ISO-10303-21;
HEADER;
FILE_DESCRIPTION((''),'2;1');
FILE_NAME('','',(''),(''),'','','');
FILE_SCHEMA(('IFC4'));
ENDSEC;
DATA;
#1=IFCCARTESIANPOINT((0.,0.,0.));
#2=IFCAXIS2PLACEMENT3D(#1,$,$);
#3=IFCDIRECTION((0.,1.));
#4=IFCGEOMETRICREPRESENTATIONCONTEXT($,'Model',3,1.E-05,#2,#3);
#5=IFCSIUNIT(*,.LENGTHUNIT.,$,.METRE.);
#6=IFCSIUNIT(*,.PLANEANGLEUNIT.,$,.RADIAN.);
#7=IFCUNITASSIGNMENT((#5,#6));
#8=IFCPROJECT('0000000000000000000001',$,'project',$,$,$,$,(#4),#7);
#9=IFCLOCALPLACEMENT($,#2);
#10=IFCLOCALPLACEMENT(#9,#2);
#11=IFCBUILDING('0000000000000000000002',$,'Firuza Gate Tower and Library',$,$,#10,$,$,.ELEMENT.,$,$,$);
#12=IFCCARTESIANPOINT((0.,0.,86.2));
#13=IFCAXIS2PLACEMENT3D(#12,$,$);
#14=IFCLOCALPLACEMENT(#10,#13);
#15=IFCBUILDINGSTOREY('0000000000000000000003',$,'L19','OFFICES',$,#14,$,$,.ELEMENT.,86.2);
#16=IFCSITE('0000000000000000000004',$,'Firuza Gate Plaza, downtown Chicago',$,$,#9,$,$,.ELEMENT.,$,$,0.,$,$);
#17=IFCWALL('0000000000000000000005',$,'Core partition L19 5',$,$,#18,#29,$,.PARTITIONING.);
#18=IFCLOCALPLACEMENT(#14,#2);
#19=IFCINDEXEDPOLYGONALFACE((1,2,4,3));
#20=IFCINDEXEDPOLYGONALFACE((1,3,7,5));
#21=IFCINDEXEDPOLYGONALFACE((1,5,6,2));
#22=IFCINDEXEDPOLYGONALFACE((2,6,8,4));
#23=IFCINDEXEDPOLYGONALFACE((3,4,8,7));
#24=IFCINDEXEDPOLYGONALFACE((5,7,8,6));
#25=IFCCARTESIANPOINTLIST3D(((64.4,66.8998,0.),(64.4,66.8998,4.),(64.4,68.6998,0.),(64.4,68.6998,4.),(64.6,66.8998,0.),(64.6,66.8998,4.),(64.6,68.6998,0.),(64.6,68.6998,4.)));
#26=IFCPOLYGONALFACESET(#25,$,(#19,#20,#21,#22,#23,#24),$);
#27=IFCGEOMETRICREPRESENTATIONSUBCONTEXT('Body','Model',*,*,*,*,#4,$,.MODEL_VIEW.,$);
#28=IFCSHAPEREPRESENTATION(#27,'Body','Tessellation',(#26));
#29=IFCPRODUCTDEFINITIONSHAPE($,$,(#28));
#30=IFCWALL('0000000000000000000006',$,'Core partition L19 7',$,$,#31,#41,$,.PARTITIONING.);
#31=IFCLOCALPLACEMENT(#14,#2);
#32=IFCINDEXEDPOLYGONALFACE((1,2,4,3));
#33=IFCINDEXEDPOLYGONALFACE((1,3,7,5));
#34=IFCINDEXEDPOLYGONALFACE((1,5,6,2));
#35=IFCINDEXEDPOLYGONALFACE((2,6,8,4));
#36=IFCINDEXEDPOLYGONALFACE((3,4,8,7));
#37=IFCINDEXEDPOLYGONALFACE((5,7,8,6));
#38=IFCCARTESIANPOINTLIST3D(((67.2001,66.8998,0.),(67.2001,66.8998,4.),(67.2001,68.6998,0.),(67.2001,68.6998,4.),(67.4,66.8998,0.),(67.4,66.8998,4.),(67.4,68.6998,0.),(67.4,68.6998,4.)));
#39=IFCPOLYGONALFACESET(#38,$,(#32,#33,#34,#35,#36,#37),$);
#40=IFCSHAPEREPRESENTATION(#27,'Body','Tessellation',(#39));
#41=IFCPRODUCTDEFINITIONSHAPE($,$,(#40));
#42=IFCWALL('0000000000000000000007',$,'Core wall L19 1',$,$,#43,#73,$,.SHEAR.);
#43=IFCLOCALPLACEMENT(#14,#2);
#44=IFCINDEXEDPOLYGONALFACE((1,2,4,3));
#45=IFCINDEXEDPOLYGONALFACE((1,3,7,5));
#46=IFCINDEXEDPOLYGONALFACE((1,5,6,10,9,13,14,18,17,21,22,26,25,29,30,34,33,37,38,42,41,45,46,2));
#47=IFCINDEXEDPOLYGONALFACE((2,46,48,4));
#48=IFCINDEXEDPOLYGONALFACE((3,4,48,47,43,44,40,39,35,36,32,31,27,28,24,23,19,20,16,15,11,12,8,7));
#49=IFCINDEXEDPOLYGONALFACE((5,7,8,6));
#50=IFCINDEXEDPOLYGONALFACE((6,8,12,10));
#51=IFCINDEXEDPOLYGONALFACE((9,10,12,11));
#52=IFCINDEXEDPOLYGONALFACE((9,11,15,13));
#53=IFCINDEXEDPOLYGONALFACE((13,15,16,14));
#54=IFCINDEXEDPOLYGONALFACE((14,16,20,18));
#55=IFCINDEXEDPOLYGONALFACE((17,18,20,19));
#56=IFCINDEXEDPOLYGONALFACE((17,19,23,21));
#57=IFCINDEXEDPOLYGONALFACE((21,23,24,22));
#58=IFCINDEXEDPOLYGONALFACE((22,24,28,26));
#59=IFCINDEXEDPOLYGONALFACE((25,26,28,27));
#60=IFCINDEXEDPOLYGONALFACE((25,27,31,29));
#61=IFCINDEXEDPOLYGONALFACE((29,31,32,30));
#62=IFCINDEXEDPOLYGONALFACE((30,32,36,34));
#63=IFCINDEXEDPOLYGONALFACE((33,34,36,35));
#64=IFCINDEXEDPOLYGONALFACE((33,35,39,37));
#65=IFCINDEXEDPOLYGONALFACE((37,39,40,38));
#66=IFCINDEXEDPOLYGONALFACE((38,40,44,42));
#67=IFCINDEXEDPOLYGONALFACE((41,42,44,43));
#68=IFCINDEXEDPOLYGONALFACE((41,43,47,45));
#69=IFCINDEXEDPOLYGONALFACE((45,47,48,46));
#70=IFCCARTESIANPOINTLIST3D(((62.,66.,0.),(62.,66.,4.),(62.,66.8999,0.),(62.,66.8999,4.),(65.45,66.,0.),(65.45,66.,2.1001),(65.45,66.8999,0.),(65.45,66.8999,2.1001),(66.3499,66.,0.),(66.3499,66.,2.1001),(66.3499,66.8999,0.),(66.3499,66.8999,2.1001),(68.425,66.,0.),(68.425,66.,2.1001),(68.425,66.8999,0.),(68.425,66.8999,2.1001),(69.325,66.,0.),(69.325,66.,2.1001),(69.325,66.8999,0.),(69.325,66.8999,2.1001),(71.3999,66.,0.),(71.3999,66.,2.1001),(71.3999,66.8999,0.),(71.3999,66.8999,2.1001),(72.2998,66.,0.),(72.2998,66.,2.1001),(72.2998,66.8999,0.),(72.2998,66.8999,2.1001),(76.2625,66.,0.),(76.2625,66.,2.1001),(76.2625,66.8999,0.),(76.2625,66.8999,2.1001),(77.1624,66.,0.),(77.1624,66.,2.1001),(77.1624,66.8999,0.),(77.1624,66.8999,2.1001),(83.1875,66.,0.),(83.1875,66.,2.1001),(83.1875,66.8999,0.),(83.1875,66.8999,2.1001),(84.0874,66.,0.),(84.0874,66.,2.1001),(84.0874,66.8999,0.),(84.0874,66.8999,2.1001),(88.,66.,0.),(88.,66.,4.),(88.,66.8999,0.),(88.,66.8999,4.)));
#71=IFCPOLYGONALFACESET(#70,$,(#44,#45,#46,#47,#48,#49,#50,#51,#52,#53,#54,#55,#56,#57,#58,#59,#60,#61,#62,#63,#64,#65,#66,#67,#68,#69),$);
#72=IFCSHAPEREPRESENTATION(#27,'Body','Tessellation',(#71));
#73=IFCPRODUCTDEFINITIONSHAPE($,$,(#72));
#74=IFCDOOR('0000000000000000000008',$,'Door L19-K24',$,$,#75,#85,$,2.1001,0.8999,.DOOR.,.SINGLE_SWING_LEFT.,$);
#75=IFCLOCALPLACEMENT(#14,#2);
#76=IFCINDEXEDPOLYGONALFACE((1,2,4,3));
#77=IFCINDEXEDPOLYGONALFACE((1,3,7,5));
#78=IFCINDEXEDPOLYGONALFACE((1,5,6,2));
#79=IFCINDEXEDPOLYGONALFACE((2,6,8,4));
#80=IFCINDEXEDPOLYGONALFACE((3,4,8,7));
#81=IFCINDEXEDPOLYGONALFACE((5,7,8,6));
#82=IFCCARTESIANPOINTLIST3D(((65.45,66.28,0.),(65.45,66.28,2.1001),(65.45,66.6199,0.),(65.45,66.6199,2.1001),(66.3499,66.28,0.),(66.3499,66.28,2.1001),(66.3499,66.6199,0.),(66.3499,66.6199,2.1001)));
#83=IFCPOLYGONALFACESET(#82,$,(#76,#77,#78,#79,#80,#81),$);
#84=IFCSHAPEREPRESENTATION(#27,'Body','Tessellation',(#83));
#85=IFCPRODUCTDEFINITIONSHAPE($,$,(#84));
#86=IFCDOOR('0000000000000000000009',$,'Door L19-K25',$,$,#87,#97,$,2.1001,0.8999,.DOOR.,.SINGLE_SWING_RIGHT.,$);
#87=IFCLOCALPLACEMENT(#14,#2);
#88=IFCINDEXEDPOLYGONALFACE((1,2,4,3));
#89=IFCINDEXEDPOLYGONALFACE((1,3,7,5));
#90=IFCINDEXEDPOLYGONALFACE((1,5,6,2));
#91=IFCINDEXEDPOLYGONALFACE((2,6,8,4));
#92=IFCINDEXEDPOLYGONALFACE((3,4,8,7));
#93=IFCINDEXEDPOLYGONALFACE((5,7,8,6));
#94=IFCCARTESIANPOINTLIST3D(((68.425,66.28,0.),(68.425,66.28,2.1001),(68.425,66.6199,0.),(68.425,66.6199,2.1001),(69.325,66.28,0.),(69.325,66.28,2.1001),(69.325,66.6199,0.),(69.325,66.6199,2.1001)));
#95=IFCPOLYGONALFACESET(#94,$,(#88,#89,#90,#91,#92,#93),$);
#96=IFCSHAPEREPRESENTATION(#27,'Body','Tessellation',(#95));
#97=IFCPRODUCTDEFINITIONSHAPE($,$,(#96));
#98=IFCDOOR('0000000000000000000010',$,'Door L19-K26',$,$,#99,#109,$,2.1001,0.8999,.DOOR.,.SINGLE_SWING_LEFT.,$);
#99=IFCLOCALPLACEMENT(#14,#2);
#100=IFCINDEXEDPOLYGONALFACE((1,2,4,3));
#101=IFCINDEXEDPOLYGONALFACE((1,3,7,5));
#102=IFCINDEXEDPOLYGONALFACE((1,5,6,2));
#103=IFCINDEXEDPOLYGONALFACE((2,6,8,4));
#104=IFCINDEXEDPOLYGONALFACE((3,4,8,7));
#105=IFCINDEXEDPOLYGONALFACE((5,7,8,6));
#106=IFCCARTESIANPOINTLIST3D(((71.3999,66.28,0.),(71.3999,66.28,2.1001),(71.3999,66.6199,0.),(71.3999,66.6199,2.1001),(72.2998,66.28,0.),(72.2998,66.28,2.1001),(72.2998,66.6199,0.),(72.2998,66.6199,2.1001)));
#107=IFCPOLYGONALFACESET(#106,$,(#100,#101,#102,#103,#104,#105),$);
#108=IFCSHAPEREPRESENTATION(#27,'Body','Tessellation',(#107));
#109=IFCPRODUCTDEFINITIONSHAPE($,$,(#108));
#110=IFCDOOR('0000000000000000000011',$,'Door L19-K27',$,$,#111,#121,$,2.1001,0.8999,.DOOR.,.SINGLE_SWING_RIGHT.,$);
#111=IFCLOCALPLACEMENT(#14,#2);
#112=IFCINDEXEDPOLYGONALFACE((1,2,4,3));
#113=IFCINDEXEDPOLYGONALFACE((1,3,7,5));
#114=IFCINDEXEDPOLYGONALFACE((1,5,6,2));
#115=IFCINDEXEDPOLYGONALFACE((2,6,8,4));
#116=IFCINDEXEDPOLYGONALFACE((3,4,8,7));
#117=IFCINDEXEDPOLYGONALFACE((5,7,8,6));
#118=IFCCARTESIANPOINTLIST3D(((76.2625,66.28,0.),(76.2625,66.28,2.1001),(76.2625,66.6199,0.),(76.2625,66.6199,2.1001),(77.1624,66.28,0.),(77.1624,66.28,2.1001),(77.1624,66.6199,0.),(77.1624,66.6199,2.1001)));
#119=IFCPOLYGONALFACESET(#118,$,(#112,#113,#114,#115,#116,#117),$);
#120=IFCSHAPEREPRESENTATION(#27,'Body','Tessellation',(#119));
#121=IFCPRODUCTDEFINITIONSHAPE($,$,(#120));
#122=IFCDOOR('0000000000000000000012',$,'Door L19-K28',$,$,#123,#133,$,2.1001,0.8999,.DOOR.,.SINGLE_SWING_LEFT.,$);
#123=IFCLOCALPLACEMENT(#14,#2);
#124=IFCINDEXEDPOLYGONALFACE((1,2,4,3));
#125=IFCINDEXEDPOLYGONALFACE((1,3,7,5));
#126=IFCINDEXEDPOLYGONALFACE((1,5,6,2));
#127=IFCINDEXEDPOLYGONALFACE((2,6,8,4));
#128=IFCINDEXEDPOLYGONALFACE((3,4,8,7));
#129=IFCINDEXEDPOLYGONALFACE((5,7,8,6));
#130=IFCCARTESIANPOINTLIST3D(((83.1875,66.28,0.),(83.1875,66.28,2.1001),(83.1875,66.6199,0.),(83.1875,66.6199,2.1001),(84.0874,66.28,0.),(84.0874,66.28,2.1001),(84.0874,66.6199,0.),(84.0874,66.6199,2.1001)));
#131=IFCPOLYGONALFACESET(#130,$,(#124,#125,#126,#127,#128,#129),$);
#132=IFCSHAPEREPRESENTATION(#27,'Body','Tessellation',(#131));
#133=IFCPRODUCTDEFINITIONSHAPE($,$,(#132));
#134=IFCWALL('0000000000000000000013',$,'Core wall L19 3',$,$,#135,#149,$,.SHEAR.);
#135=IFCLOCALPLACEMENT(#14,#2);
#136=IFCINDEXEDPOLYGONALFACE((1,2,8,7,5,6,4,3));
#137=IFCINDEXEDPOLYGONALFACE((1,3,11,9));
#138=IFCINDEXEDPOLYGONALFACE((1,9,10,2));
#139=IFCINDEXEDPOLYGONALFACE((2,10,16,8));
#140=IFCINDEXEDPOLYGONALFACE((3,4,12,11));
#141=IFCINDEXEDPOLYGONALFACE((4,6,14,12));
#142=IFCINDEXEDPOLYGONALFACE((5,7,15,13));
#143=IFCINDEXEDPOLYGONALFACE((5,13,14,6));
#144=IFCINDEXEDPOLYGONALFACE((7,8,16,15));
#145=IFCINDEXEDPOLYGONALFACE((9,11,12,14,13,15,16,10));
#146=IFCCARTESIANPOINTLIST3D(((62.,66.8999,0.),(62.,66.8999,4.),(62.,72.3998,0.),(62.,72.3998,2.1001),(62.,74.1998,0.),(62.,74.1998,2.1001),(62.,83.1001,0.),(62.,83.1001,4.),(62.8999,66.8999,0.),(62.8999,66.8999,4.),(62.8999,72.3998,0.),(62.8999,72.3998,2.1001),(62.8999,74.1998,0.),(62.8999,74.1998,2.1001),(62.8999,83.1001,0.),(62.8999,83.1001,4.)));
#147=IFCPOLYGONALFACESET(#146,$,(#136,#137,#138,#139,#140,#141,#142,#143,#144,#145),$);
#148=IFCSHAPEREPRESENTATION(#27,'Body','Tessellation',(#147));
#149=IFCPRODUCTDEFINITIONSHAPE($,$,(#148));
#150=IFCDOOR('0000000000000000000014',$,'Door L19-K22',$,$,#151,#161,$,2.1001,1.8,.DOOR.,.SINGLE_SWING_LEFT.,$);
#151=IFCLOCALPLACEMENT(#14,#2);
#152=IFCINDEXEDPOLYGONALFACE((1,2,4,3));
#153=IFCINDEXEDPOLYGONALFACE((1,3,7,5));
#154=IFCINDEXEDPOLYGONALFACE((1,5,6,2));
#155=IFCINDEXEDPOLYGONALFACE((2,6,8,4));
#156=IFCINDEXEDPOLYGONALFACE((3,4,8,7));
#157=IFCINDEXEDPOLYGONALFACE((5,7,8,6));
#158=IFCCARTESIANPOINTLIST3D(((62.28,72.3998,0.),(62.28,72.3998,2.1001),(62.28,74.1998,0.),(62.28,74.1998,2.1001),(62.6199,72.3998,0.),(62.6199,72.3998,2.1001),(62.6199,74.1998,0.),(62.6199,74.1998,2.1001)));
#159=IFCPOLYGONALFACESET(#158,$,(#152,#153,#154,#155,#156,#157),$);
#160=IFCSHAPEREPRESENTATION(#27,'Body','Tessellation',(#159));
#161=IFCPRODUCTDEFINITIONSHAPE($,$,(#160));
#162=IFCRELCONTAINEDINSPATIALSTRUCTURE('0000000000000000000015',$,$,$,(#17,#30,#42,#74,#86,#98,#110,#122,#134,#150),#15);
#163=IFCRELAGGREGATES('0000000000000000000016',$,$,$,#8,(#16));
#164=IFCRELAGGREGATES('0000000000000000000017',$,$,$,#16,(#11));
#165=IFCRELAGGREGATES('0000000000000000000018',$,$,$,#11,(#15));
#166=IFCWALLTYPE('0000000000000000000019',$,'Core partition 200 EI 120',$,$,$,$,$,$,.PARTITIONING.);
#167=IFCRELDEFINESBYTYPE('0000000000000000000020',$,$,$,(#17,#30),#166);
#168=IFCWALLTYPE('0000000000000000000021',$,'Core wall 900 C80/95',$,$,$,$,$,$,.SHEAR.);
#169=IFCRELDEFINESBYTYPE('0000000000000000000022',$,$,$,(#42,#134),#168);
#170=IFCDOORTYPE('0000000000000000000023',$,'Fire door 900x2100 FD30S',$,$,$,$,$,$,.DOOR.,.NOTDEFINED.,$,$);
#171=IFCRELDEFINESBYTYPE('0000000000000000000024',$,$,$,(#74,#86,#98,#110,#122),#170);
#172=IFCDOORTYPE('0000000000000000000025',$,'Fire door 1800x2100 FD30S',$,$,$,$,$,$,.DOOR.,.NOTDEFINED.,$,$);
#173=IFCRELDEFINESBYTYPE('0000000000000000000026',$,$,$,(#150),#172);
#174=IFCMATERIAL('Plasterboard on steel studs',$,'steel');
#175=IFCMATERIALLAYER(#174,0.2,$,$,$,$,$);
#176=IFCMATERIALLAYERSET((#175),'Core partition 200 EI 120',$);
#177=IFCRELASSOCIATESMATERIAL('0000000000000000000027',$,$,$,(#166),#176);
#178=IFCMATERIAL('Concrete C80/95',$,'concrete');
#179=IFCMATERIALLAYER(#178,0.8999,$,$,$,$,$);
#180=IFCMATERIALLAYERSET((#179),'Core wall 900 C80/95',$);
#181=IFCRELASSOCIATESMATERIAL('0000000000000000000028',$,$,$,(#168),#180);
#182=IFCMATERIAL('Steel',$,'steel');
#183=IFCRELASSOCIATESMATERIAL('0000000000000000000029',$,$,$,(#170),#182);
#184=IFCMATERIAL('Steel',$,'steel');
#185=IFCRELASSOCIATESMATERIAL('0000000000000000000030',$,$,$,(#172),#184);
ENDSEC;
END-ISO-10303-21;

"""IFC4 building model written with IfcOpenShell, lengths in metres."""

from ifc_helpers import new_model, si_unit, direction, frame, frame_2d, origin, place, context, subcontext, project, spatial, rectangle, extrude, material, layer, layer_set, type_object, element, fill, save


model = new_model("IFC4")

# Units and contexts
model_context = context("Model", 3, precision=1e-05, world=origin(), true_north=direction((0.0, 1.0)))
body_context = subcontext(model_context, "Body", "Model", "MODEL_VIEW")
ifc_project = project(units=[si_unit("LENGTHUNIT", "METRE"), si_unit("PLANEANGLEUNIT", "RADIAN")], contexts=[model_context])

# Site, building, storey
site_placement = place(None, origin())
site = spatial("IfcSite", under=ifc_project, at=site_placement, Name="Firuza Gate Plaza, downtown Chicago", CompositionType="ELEMENT", RefElevation=0.0)
building_placement = place(site_placement, origin())
building = spatial("IfcBuilding", under=site, at=building_placement, Name="Firuza Gate Tower and Library", CompositionType="ELEMENT")
storey_placement = place(building_placement, frame((0.0, 0.0, 86.2)))
storey = spatial("IfcBuildingStorey", under=building, at=storey_placement, Name="L19", Description="OFFICES", CompositionType="ELEMENT", Elevation=86.2)

# Walls
ifc_material_1 = material(Name="Plasterboard on steel studs", Category="steel")
ifc_layer_1 = layer(ifc_material_1, 0.2)
ifc_layer_set_1 = layer_set([ifc_layer_1], Name="Core partition 200 EI 120")
wall_type_1 = type_object("IfcWallType", Name="Core partition 200 EI 120", PredefinedType="PARTITIONING", material=ifc_layer_set_1)
for number, where, z_axis, x_axis, name in (
    (1, (64.5, 66.8999, 0.0), (0.0, 0.0, 1.0), (0.0, 1.0, 0.0), "Core partition L19 5"),
    (2, (67.3, 66.8999, 0.0), (0.0, 0.0, 1.0), (0.0, 1.0, 0.0), "Core partition L19 7"),
):
    element("IfcWall", number, at=place(storey_placement, frame(where, z_axis=z_axis, x_axis=x_axis)), inside=storey, type_object=wall_type_1, Name=name, PredefinedType="PARTITIONING", context=body_context, shape_type="SweptSolid", body=[
        extrude(rectangle(XDim=1.8, YDim=0.2, at=frame_2d((0.8999, 0.0))), origin(), (0.0, 0.0, 1.0), 4.0),
    ])

# Wall, openings, doors
ifc_material_2 = material(Name="Concrete C80/95", Category="concrete")
ifc_layer_2 = layer(ifc_material_2, 0.8999)
ifc_layer_set_2 = layer_set([ifc_layer_2], Name="Core wall 900 C80/95")
wall_type_2 = type_object("IfcWallType", Name="Core wall 900 C80/95", PredefinedType="SHEAR", material=ifc_layer_set_2)
wall_1_placement = place(storey_placement, frame((62.0, 66.45, 0.0), z_axis=(0.0, 0.0, 1.0), x_axis=(1.0, 0.0, 0.0)))
wall_1 = element("IfcWall", 3, at=wall_1_placement, inside=storey, type_object=wall_type_2, Name="Core wall L19 1", PredefinedType="SHEAR", context=body_context, shape_type="SweptSolid", body=[
    extrude(rectangle(XDim=26.0, YDim=0.8999, at=frame_2d((13.0, 0.0))), origin(), (0.0, 0.0, 1.0), 4.0),
])
opening_1_placement = place(wall_1_placement, frame((3.45, 0.0, 0.0)))
opening_1 = element("IfcOpeningElement", 4, at=opening_1_placement, cuts=wall_1, PredefinedType="OPENING", context=body_context, shape_type="SweptSolid", body=[
    extrude(rectangle(XDim=0.8999, YDim=2.1001, at=frame_2d((0.45, 1.05))), frame((0.0, 0.46, 0.0), z_axis=(0.0, -1.0, 0.0), x_axis=(1.0, 0.0, 0.0)), (0.0, 0.0, 1.0), 0.9199),
])
opening_2_placement = place(wall_1_placement, frame((6.425, 0.0, 0.0)))
opening_2 = element("IfcOpeningElement", 5, at=opening_2_placement, cuts=wall_1, PredefinedType="OPENING", context=body_context, shape_type="SweptSolid", body=[
    extrude(rectangle(XDim=0.8999, YDim=2.1001, at=frame_2d((0.45, 1.05))), frame((0.0, 0.46, 0.0), z_axis=(0.0, -1.0, 0.0), x_axis=(1.0, 0.0, 0.0)), (0.0, 0.0, 1.0), 0.9199),
])
opening_3_placement = place(wall_1_placement, frame((9.3999, 0.0, 0.0)))
opening_3 = element("IfcOpeningElement", 6, at=opening_3_placement, cuts=wall_1, PredefinedType="OPENING", context=body_context, shape_type="SweptSolid", body=[
    extrude(rectangle(XDim=0.8999, YDim=2.1001, at=frame_2d((0.45, 1.05))), frame((0.0, 0.46, 0.0), z_axis=(0.0, -1.0, 0.0), x_axis=(1.0, 0.0, 0.0)), (0.0, 0.0, 1.0), 0.9199),
])
opening_4_placement = place(wall_1_placement, frame((14.2625, 0.0, 0.0)))
opening_4 = element("IfcOpeningElement", 7, at=opening_4_placement, cuts=wall_1, PredefinedType="OPENING", context=body_context, shape_type="SweptSolid", body=[
    extrude(rectangle(XDim=0.8999, YDim=2.1001, at=frame_2d((0.45, 1.05))), frame((0.0, 0.46, 0.0), z_axis=(0.0, -1.0, 0.0), x_axis=(1.0, 0.0, 0.0)), (0.0, 0.0, 1.0), 0.9199),
])
opening_5_placement = place(wall_1_placement, frame((21.1875, 0.0, 0.0)))
opening_5 = element("IfcOpeningElement", 8, at=opening_5_placement, cuts=wall_1, PredefinedType="OPENING", context=body_context, shape_type="SweptSolid", body=[
    extrude(rectangle(XDim=0.8999, YDim=2.1001, at=frame_2d((0.45, 1.05))), frame((0.0, 0.46, 0.0), z_axis=(0.0, -1.0, 0.0), x_axis=(1.0, 0.0, 0.0)), (0.0, 0.0, 1.0), 0.9199),
])
ifc_material_3 = material(Name="Steel", Category="steel")
door_type_1 = type_object("IfcDoorType", Name="Fire door 900x2100 FD30S", OperationType="NOTDEFINED", PredefinedType="DOOR", material=ifc_material_3)
door_1_placement = place(opening_1_placement, origin())
door_1 = element("IfcDoor", 9, at=door_1_placement, inside=storey, type_object=door_type_1, Name="Door L19-K24", OperationType="SINGLE_SWING_LEFT", OverallHeight=2.1001, OverallWidth=0.8999, PredefinedType="DOOR", context=body_context, shape_type="SweptSolid", body=[
    extrude(rectangle(XDim=0.8999, YDim=2.1001, at=frame_2d((0.45, 1.05))), frame((0.0, 0.1699, 0.0), z_axis=(0.0, -1.0, 0.0), x_axis=(1.0, 0.0, 0.0)), (0.0, 0.0, 1.0), 0.3398),
])
fill(opening_1, door_1)
door_2_placement = place(opening_2_placement, origin())
door_2 = element("IfcDoor", 10, at=door_2_placement, inside=storey, type_object=door_type_1, Name="Door L19-K25", OperationType="SINGLE_SWING_RIGHT", OverallHeight=2.1001, OverallWidth=0.8999, PredefinedType="DOOR", context=body_context, shape_type="SweptSolid", body=[
    extrude(rectangle(XDim=0.8999, YDim=2.1001, at=frame_2d((0.45, 1.05))), frame((0.0, 0.1699, 0.0), z_axis=(0.0, -1.0, 0.0), x_axis=(1.0, 0.0, 0.0)), (0.0, 0.0, 1.0), 0.3398),
])
fill(opening_2, door_2)
door_3_placement = place(opening_3_placement, origin())
door_3 = element("IfcDoor", 11, at=door_3_placement, inside=storey, type_object=door_type_1, Name="Door L19-K26", OperationType="SINGLE_SWING_LEFT", OverallHeight=2.1001, OverallWidth=0.8999, PredefinedType="DOOR", context=body_context, shape_type="SweptSolid", body=[
    extrude(rectangle(XDim=0.8999, YDim=2.1001, at=frame_2d((0.45, 1.05))), frame((0.0, 0.1699, 0.0), z_axis=(0.0, -1.0, 0.0), x_axis=(1.0, 0.0, 0.0)), (0.0, 0.0, 1.0), 0.3398),
])
fill(opening_3, door_3)
door_4_placement = place(opening_4_placement, origin())
door_4 = element("IfcDoor", 12, at=door_4_placement, inside=storey, type_object=door_type_1, Name="Door L19-K27", OperationType="SINGLE_SWING_RIGHT", OverallHeight=2.1001, OverallWidth=0.8999, PredefinedType="DOOR", context=body_context, shape_type="SweptSolid", body=[
    extrude(rectangle(XDim=0.8999, YDim=2.1001, at=frame_2d((0.45, 1.05))), frame((0.0, 0.1699, 0.0), z_axis=(0.0, -1.0, 0.0), x_axis=(1.0, 0.0, 0.0)), (0.0, 0.0, 1.0), 0.3398),
])
fill(opening_4, door_4)
door_5_placement = place(opening_5_placement, origin())
door_5 = element("IfcDoor", 13, at=door_5_placement, inside=storey, type_object=door_type_1, Name="Door L19-K28", OperationType="SINGLE_SWING_LEFT", OverallHeight=2.1001, OverallWidth=0.8999, PredefinedType="DOOR", context=body_context, shape_type="SweptSolid", body=[
    extrude(rectangle(XDim=0.8999, YDim=2.1001, at=frame_2d((0.45, 1.05))), frame((0.0, 0.1699, 0.0), z_axis=(0.0, -1.0, 0.0), x_axis=(1.0, 0.0, 0.0)), (0.0, 0.0, 1.0), 0.3398),
])
fill(opening_5, door_5)

# Wall, opening, door
wall_2_placement = place(storey_placement, frame((62.45, 66.8999, 0.0), z_axis=(0.0, 0.0, 1.0), x_axis=(0.0, 1.0, 0.0)))
wall_2 = element("IfcWall", 14, at=wall_2_placement, inside=storey, type_object=wall_type_2, Name="Core wall L19 3", PredefinedType="SHEAR", context=body_context, shape_type="SweptSolid", body=[
    extrude(rectangle(XDim=16.2002, YDim=0.8999, at=frame_2d((8.1001, 0.0))), origin(), (0.0, 0.0, 1.0), 4.0),
])
opening_6_placement = place(wall_2_placement, frame((5.5, 0.0, 0.0)))
opening_6 = element("IfcOpeningElement", 15, at=opening_6_placement, cuts=wall_2, PredefinedType="OPENING", context=body_context, shape_type="SweptSolid", body=[
    extrude(rectangle(XDim=1.8, YDim=2.1001, at=frame_2d((0.8999, 1.05))), frame((0.0, 0.46, 0.0), z_axis=(0.0, -1.0, 0.0), x_axis=(1.0, 0.0, 0.0)), (0.0, 0.0, 1.0), 0.9199),
])
ifc_material_4 = material(Name="Steel", Category="steel")
door_type_2 = type_object("IfcDoorType", Name="Fire door 1800x2100 FD30S", OperationType="NOTDEFINED", PredefinedType="DOOR", material=ifc_material_4)
door_6_placement = place(opening_6_placement, origin())
door_6 = element("IfcDoor", 16, at=door_6_placement, inside=storey, type_object=door_type_2, Name="Door L19-K22", OperationType="SINGLE_SWING_LEFT", OverallHeight=2.1001, OverallWidth=1.8, PredefinedType="DOOR", context=body_context, shape_type="SweptSolid", body=[
    extrude(rectangle(XDim=1.8, YDim=2.1001, at=frame_2d((0.8999, 1.05))), frame((0.0, 0.1699, 0.0), z_axis=(0.0, -1.0, 0.0), x_axis=(1.0, 0.0, 0.0)), (0.0, 0.0, 1.0), 0.3398),
])
fill(opening_6, door_6)

save(model, "model.ifc")
